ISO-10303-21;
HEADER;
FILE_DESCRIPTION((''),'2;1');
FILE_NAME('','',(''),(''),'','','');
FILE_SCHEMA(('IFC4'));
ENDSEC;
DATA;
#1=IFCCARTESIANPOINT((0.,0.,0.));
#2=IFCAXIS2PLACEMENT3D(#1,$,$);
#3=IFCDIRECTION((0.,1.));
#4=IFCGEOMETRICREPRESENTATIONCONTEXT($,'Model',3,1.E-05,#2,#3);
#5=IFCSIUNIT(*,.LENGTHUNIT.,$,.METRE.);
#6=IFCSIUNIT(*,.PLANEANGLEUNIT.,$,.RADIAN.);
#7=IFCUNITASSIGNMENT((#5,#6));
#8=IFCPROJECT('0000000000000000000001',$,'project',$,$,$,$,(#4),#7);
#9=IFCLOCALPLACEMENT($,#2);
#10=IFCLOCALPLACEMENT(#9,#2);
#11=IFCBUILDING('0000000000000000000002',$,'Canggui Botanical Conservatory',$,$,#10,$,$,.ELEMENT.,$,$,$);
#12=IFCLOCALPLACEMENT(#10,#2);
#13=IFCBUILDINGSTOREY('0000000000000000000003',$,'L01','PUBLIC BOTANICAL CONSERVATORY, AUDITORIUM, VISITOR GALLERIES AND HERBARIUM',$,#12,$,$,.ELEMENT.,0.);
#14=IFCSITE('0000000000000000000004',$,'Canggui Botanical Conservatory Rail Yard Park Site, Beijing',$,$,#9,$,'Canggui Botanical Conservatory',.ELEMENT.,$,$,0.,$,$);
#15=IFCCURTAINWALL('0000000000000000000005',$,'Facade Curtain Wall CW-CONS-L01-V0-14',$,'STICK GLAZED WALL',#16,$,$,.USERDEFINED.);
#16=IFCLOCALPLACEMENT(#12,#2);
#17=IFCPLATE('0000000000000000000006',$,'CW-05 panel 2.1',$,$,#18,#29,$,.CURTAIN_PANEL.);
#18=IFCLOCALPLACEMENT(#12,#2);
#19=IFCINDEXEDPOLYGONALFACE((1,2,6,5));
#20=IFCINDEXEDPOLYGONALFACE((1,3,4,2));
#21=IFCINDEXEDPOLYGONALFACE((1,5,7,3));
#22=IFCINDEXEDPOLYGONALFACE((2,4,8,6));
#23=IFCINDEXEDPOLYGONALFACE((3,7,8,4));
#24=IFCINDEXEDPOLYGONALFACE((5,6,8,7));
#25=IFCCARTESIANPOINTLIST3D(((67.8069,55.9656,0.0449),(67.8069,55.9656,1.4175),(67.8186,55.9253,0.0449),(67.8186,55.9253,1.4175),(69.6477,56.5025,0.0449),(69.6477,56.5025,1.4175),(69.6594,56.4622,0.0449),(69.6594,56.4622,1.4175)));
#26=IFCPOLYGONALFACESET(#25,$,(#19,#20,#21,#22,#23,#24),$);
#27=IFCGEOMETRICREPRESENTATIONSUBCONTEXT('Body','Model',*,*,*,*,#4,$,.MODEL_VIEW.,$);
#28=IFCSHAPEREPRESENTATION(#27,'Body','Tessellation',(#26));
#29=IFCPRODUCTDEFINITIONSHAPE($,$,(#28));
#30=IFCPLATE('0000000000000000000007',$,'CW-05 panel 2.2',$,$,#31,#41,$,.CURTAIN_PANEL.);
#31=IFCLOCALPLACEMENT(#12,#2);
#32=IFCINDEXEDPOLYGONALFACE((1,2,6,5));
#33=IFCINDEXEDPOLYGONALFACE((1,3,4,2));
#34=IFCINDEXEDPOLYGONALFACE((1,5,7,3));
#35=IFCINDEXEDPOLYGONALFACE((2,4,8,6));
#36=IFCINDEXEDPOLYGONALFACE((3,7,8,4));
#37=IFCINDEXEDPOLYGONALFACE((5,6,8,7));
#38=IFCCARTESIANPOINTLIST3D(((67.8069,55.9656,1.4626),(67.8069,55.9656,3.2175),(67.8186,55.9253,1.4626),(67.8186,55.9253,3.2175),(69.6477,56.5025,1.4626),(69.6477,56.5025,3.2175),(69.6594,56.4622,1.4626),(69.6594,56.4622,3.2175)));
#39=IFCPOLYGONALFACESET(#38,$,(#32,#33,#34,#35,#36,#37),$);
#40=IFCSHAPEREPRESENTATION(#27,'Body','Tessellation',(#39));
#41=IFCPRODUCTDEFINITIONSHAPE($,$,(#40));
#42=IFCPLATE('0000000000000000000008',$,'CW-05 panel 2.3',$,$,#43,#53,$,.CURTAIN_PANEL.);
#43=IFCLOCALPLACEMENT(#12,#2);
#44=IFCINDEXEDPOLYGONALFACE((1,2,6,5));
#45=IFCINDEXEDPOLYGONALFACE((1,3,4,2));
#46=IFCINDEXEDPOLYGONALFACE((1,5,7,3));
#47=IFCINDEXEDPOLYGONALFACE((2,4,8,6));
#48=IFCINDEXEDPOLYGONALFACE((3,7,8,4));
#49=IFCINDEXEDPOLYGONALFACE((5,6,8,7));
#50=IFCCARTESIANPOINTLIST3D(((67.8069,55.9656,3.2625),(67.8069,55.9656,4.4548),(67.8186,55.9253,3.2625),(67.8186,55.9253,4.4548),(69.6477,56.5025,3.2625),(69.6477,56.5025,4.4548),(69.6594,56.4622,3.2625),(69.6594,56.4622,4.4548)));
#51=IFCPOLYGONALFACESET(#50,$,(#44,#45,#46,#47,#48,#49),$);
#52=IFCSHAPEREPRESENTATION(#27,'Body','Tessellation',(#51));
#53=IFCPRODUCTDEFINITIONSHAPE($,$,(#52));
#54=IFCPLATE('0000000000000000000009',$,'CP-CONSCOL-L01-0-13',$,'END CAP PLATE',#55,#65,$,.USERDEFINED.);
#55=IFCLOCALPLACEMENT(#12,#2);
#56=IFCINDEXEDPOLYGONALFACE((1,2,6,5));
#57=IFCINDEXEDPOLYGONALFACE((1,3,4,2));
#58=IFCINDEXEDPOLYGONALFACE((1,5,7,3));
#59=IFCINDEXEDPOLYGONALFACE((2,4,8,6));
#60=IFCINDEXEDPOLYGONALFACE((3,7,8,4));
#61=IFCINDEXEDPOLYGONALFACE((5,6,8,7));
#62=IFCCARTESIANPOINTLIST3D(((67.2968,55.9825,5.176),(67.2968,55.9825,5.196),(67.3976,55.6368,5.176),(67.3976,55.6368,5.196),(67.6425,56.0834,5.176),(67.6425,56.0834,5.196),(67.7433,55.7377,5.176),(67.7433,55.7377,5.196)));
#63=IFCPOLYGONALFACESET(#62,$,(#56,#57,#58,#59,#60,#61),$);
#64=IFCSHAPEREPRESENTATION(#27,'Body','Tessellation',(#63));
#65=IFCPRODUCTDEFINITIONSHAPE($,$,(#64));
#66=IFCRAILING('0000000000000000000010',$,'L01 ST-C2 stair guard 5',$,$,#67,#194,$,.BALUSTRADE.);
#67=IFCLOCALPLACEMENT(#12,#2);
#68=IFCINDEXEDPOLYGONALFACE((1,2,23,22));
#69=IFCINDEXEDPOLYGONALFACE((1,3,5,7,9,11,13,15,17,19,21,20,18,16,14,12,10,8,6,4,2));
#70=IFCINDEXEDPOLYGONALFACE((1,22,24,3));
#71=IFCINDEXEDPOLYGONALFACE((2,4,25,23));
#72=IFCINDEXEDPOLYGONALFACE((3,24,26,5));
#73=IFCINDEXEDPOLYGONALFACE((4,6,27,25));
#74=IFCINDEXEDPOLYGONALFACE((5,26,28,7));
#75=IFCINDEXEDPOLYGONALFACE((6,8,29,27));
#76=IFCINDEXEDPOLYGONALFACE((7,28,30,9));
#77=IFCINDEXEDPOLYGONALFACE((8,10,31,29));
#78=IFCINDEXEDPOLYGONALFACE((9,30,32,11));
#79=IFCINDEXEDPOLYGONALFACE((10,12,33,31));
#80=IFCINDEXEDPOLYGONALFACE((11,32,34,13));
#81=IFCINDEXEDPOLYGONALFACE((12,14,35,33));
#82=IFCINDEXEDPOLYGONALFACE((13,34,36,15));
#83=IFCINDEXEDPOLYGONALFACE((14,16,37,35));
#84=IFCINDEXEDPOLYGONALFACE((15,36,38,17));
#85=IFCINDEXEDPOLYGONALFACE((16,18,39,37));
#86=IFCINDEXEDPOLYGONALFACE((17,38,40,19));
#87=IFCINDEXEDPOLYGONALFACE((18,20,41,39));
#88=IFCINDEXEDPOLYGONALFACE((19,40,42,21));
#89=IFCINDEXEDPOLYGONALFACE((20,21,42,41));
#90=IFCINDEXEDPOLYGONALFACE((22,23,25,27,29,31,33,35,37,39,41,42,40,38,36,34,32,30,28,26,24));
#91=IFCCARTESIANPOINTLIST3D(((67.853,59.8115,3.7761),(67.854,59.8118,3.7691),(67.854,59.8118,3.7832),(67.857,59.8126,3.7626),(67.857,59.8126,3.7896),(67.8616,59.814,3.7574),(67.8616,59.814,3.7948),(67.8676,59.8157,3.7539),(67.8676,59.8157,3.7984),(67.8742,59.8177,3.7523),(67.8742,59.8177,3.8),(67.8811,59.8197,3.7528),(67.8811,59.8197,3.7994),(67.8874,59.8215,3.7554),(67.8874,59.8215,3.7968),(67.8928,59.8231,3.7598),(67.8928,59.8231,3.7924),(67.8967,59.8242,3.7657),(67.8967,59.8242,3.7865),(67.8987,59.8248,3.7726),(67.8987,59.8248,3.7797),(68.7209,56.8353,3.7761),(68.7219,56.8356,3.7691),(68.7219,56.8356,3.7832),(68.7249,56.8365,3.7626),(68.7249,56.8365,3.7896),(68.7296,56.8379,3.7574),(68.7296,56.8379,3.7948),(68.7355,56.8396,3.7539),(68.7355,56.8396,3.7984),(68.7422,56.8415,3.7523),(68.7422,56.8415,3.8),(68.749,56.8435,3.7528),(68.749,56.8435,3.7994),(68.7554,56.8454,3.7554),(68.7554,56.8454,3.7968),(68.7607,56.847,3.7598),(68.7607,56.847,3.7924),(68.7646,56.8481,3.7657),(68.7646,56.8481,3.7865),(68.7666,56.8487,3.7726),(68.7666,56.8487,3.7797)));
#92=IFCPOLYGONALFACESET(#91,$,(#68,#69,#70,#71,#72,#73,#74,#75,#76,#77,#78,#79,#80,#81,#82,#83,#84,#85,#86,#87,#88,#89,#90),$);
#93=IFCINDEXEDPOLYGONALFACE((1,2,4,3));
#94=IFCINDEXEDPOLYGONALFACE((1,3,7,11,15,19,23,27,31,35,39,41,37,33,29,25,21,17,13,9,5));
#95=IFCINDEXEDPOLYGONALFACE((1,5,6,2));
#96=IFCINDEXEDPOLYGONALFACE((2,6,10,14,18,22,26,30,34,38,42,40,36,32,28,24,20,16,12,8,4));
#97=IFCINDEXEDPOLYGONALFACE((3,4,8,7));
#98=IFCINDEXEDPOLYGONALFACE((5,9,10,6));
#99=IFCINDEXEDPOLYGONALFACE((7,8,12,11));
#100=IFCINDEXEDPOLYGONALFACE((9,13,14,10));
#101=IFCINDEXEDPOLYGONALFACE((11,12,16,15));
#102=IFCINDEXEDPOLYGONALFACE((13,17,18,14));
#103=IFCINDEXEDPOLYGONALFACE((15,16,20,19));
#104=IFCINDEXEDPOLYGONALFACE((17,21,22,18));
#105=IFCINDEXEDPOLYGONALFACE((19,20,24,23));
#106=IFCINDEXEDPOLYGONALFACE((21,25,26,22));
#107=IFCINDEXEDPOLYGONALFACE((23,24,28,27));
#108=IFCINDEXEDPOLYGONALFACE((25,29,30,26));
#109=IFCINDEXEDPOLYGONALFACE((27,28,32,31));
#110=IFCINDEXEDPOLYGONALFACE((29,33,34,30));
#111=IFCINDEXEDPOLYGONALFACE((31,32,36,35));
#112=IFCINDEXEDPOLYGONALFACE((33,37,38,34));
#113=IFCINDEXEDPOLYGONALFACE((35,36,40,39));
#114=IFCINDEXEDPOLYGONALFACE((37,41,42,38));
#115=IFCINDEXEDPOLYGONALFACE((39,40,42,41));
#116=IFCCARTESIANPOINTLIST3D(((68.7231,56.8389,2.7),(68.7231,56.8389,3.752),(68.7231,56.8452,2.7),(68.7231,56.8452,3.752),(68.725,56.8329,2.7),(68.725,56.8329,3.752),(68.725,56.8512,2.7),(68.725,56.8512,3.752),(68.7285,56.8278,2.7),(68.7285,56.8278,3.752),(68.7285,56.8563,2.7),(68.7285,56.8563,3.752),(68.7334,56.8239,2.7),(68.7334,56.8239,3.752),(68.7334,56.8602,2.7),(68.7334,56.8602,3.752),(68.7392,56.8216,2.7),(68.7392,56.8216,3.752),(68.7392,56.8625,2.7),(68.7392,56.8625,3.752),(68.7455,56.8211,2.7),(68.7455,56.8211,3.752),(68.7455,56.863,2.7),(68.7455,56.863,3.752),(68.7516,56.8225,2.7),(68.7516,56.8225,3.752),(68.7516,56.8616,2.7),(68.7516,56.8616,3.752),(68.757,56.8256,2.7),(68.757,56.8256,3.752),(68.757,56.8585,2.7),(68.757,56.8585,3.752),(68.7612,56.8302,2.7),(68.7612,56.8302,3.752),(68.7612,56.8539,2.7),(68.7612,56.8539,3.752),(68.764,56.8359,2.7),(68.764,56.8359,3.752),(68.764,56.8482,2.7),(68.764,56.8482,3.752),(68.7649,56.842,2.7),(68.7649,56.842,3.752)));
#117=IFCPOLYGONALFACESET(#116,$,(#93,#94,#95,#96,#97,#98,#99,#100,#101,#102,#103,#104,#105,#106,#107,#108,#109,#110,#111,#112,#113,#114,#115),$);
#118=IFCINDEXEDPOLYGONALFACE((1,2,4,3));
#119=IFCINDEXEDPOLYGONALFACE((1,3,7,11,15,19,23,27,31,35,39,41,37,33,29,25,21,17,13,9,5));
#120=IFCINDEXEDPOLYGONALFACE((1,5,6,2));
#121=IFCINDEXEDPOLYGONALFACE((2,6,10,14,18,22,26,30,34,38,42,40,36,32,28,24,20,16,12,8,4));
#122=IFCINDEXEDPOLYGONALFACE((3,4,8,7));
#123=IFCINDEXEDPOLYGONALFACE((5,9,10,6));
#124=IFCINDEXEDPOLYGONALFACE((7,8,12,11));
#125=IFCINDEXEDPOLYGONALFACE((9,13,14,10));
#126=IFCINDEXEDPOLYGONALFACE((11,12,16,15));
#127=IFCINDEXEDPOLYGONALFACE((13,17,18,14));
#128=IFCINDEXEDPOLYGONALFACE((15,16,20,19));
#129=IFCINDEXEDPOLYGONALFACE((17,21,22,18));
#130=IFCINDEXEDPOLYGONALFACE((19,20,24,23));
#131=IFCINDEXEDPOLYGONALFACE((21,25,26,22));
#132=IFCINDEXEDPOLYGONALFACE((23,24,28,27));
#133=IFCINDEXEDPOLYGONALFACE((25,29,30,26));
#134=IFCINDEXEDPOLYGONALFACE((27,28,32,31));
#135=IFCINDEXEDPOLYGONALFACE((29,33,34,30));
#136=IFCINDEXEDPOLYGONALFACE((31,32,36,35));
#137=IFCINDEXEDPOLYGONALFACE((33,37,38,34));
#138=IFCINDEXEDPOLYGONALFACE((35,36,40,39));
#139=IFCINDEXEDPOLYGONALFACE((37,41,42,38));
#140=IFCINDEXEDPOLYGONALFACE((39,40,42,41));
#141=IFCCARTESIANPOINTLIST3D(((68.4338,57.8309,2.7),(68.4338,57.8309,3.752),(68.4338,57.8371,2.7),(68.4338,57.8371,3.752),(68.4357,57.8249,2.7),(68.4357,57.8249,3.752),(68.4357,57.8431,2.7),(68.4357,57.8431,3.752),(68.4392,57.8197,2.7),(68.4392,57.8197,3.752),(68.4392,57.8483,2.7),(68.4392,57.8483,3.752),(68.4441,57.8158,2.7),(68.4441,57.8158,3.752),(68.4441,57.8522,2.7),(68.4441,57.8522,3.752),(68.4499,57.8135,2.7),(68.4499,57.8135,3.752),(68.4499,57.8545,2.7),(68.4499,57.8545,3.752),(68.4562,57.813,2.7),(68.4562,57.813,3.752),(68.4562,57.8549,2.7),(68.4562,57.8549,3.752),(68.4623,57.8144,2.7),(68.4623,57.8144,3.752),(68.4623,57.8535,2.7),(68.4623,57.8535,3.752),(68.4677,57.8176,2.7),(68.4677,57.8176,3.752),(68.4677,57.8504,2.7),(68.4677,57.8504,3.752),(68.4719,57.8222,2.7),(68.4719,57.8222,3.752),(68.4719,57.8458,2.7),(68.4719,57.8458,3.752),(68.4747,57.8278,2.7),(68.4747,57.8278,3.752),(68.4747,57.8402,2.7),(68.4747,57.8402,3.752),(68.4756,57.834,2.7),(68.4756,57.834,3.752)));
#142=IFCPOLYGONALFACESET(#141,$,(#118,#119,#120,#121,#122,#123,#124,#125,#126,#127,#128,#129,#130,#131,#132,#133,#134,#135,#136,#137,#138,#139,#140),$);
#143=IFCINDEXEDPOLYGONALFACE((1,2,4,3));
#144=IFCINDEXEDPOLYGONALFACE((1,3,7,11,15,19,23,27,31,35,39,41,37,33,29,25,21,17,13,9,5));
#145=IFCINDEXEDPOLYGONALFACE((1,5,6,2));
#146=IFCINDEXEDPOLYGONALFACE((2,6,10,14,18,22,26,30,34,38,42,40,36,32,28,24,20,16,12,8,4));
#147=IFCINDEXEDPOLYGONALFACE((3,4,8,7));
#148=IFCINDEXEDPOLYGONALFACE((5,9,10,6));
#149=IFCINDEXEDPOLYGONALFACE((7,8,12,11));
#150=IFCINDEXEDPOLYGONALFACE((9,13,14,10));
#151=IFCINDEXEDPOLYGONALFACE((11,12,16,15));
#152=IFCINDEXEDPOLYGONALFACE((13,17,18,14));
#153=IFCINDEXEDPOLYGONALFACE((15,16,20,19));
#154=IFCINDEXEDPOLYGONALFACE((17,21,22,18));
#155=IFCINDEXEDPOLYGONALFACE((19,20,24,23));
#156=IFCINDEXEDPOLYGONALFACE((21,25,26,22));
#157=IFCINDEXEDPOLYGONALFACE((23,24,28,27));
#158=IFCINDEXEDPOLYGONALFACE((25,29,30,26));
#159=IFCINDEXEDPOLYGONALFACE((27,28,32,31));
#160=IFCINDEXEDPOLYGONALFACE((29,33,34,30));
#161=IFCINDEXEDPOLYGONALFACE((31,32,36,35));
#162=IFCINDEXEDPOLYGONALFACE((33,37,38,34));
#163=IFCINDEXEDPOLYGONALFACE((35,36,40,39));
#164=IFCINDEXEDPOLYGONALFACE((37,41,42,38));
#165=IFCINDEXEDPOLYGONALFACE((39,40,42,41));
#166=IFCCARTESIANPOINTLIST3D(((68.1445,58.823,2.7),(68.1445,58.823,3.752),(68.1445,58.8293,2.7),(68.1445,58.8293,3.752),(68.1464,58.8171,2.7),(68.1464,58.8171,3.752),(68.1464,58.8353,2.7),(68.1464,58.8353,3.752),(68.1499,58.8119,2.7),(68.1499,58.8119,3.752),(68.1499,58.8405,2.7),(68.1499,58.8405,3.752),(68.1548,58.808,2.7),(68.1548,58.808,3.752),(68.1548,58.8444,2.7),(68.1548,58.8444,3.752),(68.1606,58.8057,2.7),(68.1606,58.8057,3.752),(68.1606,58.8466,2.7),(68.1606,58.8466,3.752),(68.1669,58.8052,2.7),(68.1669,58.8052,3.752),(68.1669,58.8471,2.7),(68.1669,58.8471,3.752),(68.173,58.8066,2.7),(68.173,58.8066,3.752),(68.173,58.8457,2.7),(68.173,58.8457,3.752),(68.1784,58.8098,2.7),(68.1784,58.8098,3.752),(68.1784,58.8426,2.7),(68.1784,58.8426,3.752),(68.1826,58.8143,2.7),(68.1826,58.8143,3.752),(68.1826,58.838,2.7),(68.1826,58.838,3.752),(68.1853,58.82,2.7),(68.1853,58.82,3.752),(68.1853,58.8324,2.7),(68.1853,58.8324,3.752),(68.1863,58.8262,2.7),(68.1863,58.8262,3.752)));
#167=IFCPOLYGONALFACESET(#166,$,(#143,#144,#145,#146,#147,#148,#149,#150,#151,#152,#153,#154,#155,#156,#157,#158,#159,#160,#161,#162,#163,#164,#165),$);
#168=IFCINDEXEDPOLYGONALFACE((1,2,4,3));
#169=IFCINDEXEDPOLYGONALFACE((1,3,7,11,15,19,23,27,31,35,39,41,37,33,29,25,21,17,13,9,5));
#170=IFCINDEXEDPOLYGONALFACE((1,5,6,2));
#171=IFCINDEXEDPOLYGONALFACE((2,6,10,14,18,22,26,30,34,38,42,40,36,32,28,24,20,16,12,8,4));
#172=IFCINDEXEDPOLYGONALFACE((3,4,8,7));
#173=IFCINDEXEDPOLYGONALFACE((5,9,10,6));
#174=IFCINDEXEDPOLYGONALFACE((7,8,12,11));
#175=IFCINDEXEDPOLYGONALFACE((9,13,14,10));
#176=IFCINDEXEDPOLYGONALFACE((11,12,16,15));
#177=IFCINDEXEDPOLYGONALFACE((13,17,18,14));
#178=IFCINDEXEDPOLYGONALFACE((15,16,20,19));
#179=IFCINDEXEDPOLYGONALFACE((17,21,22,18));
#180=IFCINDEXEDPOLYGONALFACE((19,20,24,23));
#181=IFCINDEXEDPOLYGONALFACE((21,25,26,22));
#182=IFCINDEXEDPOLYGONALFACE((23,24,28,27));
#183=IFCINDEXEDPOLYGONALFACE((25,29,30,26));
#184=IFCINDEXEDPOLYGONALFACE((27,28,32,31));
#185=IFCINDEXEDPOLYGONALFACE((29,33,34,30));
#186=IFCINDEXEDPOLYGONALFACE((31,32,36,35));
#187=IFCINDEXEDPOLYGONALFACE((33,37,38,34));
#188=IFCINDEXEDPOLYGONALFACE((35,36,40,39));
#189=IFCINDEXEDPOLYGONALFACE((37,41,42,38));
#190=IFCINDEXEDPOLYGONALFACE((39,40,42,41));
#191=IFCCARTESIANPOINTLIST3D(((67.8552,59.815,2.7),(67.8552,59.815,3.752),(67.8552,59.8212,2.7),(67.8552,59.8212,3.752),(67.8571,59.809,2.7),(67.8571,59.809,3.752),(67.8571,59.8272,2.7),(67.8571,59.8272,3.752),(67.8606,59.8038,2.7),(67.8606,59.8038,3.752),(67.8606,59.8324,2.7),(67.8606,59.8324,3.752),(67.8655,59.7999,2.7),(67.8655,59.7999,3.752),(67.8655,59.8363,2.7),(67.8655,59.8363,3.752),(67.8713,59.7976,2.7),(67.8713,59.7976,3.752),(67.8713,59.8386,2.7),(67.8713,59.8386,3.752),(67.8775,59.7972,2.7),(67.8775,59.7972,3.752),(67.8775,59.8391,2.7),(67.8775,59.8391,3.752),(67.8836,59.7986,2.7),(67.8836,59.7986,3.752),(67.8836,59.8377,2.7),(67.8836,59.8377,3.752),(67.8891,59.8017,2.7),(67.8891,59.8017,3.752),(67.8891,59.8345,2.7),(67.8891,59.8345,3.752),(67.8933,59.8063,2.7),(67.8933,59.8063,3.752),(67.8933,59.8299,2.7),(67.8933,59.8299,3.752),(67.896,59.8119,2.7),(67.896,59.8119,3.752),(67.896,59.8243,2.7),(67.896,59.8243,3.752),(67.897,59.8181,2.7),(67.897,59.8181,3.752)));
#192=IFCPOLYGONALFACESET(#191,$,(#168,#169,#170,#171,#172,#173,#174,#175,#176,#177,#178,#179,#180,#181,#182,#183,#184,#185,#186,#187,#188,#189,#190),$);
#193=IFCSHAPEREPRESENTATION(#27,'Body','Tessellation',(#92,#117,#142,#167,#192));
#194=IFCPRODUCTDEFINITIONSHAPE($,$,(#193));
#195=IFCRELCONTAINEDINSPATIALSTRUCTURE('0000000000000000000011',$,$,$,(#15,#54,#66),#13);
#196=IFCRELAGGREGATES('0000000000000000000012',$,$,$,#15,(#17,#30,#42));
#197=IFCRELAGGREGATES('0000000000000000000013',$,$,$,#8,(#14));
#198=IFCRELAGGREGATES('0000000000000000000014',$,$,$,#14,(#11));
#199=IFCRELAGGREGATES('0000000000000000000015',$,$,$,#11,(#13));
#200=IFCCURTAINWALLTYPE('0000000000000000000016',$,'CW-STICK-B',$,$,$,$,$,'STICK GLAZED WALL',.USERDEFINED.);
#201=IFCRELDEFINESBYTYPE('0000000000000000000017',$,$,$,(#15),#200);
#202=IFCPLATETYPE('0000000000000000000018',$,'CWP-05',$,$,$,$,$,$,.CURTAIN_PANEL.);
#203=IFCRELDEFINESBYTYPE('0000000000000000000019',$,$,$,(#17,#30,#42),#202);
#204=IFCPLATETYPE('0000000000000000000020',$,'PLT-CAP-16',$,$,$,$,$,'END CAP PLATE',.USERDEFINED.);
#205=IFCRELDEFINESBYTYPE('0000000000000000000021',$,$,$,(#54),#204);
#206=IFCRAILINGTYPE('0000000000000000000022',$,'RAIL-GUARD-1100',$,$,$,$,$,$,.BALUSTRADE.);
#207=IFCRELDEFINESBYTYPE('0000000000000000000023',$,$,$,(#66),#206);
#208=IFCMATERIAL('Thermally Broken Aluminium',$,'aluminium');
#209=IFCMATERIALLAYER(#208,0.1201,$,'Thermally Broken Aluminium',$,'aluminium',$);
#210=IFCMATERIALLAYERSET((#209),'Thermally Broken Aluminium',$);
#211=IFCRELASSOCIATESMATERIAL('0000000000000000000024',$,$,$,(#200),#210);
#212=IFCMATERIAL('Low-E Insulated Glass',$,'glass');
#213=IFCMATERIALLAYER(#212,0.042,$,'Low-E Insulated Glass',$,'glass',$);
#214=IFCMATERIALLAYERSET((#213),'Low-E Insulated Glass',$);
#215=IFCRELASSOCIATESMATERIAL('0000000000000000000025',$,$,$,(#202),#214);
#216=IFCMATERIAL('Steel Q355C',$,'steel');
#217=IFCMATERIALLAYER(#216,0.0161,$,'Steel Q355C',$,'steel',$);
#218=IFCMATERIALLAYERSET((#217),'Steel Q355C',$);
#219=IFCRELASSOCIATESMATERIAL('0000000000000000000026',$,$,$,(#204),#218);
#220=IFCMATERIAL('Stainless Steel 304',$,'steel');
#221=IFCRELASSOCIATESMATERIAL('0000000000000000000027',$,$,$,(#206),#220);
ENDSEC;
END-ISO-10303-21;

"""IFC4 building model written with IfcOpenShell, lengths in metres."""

from ifc_helpers import new_model, si_unit, direction, frame, origin, origin_2d, place, context, subcontext, project, spatial, rectangle, circle, extrude, material, layer, layer_set, type_object, element, aggregate, save


model = new_model("IFC4")

# Units and contexts
model_context = context("Model", 3, precision=1e-05, world=origin(), true_north=direction((0.0, 1.0)))
body_context = subcontext(model_context, "Body", "Model", "MODEL_VIEW")
ifc_project = project(units=[si_unit("LENGTHUNIT", "METRE"), si_unit("PLANEANGLEUNIT", "RADIAN")], contexts=[model_context])

# Site, building, storey
site_placement = place(None, origin())
site = spatial("IfcSite", under=ifc_project, at=site_placement, Name="Canggui Botanical Conservatory Rail Yard Park Site, Beijing", LongName="Canggui Botanical Conservatory", CompositionType="ELEMENT", RefElevation=0.0)
building_placement = place(site_placement, origin())
building = spatial("IfcBuilding", under=site, at=building_placement, Name="Canggui Botanical Conservatory", CompositionType="ELEMENT")
storey_placement = place(building_placement, origin())
storey = spatial("IfcBuildingStorey", under=building, at=storey_placement, Name="L01", Description="PUBLIC BOTANICAL CONSERVATORY, AUDITORIUM, VISITOR GALLERIES AND HERBARIUM", CompositionType="ELEMENT", Elevation=0.0)

# Shared definitions
ifc_material_1 = material(Name="Steel Q355C", Category="steel")

# Shared definitions
ifc_material_2 = material(Name="Thermally Broken Aluminium", Category="aluminium")

# Curtain wall
ifc_layer_1 = layer(ifc_material_2, 0.1201, Name="Thermally Broken Aluminium", Category="aluminium")
ifc_layer_set_1 = layer_set([ifc_layer_1], Name="Thermally Broken Aluminium")
curtain_wall_type_1 = type_object("IfcCurtainWallType", Name="CW-STICK-B", ElementType="STICK GLAZED WALL", PredefinedType="USERDEFINED", material=ifc_layer_set_1)
curtain_wall_1_placement = place(storey_placement, origin())
curtain_wall_1 = element("IfcCurtainWall", 1, at=curtain_wall_1_placement, inside=storey, type_object=curtain_wall_type_1, Name="Facade Curtain Wall CW-CONS-L01-V0-14", ObjectType="STICK GLAZED WALL", PredefinedType="USERDEFINED")

# Plates
ifc_material_3 = material(Name="Low-E Insulated Glass", Category="glass")
ifc_layer_2 = layer(ifc_material_3, 0.042, Name="Low-E Insulated Glass", Category="glass")
ifc_layer_set_2 = layer_set([ifc_layer_2], Name="Low-E Insulated Glass")
plate_type_1 = type_object("IfcPlateType", Name="CWP-05", PredefinedType="CURTAIN_PANEL", material=ifc_layer_set_2)
plate_1_placement = place(storey_placement, frame((68.7332, 56.2139, 0.0449), z_axis=(0.0, 0.0, 1.0), x_axis=(-0.96, -0.28, 0.0)))
plate_1 = element("IfcPlate", 2, at=plate_1_placement, type_object=plate_type_1, Name="CW-05 panel 2.1", PredefinedType="CURTAIN_PANEL", context=body_context, shape_type="SweptSolid", body=[
    extrude(rectangle(XDim=1.9175, YDim=0.042, at=origin_2d()), origin(), (0.0, 0.0, 1.0), 1.3726),
])
plate_2_placement = place(storey_placement, frame((68.7332, 56.2139, 1.4626), z_axis=(0.0, 0.0, 1.0), x_axis=(-0.96, -0.28, 0.0)))
plate_2 = element("IfcPlate", 3, at=plate_2_placement, type_object=plate_type_1, Name="CW-05 panel 2.2", PredefinedType="CURTAIN_PANEL", context=body_context, shape_type="SweptSolid", body=[
    extrude(rectangle(XDim=1.9175, YDim=0.042, at=origin_2d()), origin(), (0.0, 0.0, 1.0), 1.7549),
])
plate_3_placement = place(storey_placement, frame((68.7332, 56.2139, 3.2625), z_axis=(0.0, 0.0, 1.0), x_axis=(-0.96, -0.28, 0.0)))
plate_3 = element("IfcPlate", 4, at=plate_3_placement, type_object=plate_type_1, Name="CW-05 panel 2.3", PredefinedType="CURTAIN_PANEL", context=body_context, shape_type="SweptSolid", body=[
    extrude(rectangle(XDim=1.9175, YDim=0.042, at=origin_2d()), origin(), (0.0, 0.0, 1.0), 1.1924),
])
aggregate(curtain_wall_1, [plate_1, plate_2, plate_3])
ifc_layer_3 = layer(ifc_material_1, 0.0161, Name="Steel Q355C", Category="steel")
ifc_layer_set_3 = layer_set([ifc_layer_3], Name="Steel Q355C")
plate_type_2 = type_object("IfcPlateType", Name="PLT-CAP-16", ElementType="END CAP PLATE", PredefinedType="USERDEFINED", material=ifc_layer_set_3)
plate_4_placement = place(storey_placement, frame((67.52, 55.8601, 5.176), z_axis=(0.0, 0.0, 1.0), x_axis=(0.96, 0.28, 0.0)))
element("IfcPlate", 5, at=plate_4_placement, inside=storey, type_object=plate_type_2, Name="CP-CONSCOL-L01-0-13", ObjectType="END CAP PLATE", PredefinedType="USERDEFINED", context=body_context, shape_type="SweptSolid", body=[
    extrude(rectangle(XDim=0.3601, YDim=0.3601, at=origin_2d()), origin(), (0.0, 0.0, 1.0), 0.02),
])

# Railing
ifc_material_4 = material(Name="Stainless Steel 304", Category="steel")
railing_type = type_object("IfcRailingType", Name="RAIL-GUARD-1100", PredefinedType="BALUSTRADE", material=ifc_material_4)
railing_placement = place(storey_placement, frame((68.7439, 56.842, 2.7)))
element("IfcRailing", 6, at=railing_placement, inside=storey, type_object=railing_type, Name="L01 ST-C2 stair guard 5", PredefinedType="BALUSTRADE", context=body_context, shape_type="SweptSolid", body=[
    extrude(circle(Radius=0.0239, at=origin_2d()), frame((0.0, 0.0, 1.0762), z_axis=(-0.27997, 0.960009, 0.0), x_axis=(-0.960009, -0.27997, 0.0)), (0.0, 0.0, 1.0), 3.1001),
    extrude(circle(Radius=0.021, at=origin_2d()), origin(), (0.0, 0.0, 1.0), 1.052),
    extrude(circle(Radius=0.021, at=origin_2d()), frame((-0.2893, 0.9919, 0.0)), (0.0, 0.0, 1.0), 1.052),
    extrude(circle(Radius=0.021, at=origin_2d()), frame((-0.5786, 1.9841, 0.0)), (0.0, 0.0, 1.0), 1.052),
    extrude(circle(Radius=0.021, at=origin_2d()), frame((-0.8679, 2.9761, 0.0)), (0.0, 0.0, 1.0), 1.052),
])

save(model, "model.ifc")
